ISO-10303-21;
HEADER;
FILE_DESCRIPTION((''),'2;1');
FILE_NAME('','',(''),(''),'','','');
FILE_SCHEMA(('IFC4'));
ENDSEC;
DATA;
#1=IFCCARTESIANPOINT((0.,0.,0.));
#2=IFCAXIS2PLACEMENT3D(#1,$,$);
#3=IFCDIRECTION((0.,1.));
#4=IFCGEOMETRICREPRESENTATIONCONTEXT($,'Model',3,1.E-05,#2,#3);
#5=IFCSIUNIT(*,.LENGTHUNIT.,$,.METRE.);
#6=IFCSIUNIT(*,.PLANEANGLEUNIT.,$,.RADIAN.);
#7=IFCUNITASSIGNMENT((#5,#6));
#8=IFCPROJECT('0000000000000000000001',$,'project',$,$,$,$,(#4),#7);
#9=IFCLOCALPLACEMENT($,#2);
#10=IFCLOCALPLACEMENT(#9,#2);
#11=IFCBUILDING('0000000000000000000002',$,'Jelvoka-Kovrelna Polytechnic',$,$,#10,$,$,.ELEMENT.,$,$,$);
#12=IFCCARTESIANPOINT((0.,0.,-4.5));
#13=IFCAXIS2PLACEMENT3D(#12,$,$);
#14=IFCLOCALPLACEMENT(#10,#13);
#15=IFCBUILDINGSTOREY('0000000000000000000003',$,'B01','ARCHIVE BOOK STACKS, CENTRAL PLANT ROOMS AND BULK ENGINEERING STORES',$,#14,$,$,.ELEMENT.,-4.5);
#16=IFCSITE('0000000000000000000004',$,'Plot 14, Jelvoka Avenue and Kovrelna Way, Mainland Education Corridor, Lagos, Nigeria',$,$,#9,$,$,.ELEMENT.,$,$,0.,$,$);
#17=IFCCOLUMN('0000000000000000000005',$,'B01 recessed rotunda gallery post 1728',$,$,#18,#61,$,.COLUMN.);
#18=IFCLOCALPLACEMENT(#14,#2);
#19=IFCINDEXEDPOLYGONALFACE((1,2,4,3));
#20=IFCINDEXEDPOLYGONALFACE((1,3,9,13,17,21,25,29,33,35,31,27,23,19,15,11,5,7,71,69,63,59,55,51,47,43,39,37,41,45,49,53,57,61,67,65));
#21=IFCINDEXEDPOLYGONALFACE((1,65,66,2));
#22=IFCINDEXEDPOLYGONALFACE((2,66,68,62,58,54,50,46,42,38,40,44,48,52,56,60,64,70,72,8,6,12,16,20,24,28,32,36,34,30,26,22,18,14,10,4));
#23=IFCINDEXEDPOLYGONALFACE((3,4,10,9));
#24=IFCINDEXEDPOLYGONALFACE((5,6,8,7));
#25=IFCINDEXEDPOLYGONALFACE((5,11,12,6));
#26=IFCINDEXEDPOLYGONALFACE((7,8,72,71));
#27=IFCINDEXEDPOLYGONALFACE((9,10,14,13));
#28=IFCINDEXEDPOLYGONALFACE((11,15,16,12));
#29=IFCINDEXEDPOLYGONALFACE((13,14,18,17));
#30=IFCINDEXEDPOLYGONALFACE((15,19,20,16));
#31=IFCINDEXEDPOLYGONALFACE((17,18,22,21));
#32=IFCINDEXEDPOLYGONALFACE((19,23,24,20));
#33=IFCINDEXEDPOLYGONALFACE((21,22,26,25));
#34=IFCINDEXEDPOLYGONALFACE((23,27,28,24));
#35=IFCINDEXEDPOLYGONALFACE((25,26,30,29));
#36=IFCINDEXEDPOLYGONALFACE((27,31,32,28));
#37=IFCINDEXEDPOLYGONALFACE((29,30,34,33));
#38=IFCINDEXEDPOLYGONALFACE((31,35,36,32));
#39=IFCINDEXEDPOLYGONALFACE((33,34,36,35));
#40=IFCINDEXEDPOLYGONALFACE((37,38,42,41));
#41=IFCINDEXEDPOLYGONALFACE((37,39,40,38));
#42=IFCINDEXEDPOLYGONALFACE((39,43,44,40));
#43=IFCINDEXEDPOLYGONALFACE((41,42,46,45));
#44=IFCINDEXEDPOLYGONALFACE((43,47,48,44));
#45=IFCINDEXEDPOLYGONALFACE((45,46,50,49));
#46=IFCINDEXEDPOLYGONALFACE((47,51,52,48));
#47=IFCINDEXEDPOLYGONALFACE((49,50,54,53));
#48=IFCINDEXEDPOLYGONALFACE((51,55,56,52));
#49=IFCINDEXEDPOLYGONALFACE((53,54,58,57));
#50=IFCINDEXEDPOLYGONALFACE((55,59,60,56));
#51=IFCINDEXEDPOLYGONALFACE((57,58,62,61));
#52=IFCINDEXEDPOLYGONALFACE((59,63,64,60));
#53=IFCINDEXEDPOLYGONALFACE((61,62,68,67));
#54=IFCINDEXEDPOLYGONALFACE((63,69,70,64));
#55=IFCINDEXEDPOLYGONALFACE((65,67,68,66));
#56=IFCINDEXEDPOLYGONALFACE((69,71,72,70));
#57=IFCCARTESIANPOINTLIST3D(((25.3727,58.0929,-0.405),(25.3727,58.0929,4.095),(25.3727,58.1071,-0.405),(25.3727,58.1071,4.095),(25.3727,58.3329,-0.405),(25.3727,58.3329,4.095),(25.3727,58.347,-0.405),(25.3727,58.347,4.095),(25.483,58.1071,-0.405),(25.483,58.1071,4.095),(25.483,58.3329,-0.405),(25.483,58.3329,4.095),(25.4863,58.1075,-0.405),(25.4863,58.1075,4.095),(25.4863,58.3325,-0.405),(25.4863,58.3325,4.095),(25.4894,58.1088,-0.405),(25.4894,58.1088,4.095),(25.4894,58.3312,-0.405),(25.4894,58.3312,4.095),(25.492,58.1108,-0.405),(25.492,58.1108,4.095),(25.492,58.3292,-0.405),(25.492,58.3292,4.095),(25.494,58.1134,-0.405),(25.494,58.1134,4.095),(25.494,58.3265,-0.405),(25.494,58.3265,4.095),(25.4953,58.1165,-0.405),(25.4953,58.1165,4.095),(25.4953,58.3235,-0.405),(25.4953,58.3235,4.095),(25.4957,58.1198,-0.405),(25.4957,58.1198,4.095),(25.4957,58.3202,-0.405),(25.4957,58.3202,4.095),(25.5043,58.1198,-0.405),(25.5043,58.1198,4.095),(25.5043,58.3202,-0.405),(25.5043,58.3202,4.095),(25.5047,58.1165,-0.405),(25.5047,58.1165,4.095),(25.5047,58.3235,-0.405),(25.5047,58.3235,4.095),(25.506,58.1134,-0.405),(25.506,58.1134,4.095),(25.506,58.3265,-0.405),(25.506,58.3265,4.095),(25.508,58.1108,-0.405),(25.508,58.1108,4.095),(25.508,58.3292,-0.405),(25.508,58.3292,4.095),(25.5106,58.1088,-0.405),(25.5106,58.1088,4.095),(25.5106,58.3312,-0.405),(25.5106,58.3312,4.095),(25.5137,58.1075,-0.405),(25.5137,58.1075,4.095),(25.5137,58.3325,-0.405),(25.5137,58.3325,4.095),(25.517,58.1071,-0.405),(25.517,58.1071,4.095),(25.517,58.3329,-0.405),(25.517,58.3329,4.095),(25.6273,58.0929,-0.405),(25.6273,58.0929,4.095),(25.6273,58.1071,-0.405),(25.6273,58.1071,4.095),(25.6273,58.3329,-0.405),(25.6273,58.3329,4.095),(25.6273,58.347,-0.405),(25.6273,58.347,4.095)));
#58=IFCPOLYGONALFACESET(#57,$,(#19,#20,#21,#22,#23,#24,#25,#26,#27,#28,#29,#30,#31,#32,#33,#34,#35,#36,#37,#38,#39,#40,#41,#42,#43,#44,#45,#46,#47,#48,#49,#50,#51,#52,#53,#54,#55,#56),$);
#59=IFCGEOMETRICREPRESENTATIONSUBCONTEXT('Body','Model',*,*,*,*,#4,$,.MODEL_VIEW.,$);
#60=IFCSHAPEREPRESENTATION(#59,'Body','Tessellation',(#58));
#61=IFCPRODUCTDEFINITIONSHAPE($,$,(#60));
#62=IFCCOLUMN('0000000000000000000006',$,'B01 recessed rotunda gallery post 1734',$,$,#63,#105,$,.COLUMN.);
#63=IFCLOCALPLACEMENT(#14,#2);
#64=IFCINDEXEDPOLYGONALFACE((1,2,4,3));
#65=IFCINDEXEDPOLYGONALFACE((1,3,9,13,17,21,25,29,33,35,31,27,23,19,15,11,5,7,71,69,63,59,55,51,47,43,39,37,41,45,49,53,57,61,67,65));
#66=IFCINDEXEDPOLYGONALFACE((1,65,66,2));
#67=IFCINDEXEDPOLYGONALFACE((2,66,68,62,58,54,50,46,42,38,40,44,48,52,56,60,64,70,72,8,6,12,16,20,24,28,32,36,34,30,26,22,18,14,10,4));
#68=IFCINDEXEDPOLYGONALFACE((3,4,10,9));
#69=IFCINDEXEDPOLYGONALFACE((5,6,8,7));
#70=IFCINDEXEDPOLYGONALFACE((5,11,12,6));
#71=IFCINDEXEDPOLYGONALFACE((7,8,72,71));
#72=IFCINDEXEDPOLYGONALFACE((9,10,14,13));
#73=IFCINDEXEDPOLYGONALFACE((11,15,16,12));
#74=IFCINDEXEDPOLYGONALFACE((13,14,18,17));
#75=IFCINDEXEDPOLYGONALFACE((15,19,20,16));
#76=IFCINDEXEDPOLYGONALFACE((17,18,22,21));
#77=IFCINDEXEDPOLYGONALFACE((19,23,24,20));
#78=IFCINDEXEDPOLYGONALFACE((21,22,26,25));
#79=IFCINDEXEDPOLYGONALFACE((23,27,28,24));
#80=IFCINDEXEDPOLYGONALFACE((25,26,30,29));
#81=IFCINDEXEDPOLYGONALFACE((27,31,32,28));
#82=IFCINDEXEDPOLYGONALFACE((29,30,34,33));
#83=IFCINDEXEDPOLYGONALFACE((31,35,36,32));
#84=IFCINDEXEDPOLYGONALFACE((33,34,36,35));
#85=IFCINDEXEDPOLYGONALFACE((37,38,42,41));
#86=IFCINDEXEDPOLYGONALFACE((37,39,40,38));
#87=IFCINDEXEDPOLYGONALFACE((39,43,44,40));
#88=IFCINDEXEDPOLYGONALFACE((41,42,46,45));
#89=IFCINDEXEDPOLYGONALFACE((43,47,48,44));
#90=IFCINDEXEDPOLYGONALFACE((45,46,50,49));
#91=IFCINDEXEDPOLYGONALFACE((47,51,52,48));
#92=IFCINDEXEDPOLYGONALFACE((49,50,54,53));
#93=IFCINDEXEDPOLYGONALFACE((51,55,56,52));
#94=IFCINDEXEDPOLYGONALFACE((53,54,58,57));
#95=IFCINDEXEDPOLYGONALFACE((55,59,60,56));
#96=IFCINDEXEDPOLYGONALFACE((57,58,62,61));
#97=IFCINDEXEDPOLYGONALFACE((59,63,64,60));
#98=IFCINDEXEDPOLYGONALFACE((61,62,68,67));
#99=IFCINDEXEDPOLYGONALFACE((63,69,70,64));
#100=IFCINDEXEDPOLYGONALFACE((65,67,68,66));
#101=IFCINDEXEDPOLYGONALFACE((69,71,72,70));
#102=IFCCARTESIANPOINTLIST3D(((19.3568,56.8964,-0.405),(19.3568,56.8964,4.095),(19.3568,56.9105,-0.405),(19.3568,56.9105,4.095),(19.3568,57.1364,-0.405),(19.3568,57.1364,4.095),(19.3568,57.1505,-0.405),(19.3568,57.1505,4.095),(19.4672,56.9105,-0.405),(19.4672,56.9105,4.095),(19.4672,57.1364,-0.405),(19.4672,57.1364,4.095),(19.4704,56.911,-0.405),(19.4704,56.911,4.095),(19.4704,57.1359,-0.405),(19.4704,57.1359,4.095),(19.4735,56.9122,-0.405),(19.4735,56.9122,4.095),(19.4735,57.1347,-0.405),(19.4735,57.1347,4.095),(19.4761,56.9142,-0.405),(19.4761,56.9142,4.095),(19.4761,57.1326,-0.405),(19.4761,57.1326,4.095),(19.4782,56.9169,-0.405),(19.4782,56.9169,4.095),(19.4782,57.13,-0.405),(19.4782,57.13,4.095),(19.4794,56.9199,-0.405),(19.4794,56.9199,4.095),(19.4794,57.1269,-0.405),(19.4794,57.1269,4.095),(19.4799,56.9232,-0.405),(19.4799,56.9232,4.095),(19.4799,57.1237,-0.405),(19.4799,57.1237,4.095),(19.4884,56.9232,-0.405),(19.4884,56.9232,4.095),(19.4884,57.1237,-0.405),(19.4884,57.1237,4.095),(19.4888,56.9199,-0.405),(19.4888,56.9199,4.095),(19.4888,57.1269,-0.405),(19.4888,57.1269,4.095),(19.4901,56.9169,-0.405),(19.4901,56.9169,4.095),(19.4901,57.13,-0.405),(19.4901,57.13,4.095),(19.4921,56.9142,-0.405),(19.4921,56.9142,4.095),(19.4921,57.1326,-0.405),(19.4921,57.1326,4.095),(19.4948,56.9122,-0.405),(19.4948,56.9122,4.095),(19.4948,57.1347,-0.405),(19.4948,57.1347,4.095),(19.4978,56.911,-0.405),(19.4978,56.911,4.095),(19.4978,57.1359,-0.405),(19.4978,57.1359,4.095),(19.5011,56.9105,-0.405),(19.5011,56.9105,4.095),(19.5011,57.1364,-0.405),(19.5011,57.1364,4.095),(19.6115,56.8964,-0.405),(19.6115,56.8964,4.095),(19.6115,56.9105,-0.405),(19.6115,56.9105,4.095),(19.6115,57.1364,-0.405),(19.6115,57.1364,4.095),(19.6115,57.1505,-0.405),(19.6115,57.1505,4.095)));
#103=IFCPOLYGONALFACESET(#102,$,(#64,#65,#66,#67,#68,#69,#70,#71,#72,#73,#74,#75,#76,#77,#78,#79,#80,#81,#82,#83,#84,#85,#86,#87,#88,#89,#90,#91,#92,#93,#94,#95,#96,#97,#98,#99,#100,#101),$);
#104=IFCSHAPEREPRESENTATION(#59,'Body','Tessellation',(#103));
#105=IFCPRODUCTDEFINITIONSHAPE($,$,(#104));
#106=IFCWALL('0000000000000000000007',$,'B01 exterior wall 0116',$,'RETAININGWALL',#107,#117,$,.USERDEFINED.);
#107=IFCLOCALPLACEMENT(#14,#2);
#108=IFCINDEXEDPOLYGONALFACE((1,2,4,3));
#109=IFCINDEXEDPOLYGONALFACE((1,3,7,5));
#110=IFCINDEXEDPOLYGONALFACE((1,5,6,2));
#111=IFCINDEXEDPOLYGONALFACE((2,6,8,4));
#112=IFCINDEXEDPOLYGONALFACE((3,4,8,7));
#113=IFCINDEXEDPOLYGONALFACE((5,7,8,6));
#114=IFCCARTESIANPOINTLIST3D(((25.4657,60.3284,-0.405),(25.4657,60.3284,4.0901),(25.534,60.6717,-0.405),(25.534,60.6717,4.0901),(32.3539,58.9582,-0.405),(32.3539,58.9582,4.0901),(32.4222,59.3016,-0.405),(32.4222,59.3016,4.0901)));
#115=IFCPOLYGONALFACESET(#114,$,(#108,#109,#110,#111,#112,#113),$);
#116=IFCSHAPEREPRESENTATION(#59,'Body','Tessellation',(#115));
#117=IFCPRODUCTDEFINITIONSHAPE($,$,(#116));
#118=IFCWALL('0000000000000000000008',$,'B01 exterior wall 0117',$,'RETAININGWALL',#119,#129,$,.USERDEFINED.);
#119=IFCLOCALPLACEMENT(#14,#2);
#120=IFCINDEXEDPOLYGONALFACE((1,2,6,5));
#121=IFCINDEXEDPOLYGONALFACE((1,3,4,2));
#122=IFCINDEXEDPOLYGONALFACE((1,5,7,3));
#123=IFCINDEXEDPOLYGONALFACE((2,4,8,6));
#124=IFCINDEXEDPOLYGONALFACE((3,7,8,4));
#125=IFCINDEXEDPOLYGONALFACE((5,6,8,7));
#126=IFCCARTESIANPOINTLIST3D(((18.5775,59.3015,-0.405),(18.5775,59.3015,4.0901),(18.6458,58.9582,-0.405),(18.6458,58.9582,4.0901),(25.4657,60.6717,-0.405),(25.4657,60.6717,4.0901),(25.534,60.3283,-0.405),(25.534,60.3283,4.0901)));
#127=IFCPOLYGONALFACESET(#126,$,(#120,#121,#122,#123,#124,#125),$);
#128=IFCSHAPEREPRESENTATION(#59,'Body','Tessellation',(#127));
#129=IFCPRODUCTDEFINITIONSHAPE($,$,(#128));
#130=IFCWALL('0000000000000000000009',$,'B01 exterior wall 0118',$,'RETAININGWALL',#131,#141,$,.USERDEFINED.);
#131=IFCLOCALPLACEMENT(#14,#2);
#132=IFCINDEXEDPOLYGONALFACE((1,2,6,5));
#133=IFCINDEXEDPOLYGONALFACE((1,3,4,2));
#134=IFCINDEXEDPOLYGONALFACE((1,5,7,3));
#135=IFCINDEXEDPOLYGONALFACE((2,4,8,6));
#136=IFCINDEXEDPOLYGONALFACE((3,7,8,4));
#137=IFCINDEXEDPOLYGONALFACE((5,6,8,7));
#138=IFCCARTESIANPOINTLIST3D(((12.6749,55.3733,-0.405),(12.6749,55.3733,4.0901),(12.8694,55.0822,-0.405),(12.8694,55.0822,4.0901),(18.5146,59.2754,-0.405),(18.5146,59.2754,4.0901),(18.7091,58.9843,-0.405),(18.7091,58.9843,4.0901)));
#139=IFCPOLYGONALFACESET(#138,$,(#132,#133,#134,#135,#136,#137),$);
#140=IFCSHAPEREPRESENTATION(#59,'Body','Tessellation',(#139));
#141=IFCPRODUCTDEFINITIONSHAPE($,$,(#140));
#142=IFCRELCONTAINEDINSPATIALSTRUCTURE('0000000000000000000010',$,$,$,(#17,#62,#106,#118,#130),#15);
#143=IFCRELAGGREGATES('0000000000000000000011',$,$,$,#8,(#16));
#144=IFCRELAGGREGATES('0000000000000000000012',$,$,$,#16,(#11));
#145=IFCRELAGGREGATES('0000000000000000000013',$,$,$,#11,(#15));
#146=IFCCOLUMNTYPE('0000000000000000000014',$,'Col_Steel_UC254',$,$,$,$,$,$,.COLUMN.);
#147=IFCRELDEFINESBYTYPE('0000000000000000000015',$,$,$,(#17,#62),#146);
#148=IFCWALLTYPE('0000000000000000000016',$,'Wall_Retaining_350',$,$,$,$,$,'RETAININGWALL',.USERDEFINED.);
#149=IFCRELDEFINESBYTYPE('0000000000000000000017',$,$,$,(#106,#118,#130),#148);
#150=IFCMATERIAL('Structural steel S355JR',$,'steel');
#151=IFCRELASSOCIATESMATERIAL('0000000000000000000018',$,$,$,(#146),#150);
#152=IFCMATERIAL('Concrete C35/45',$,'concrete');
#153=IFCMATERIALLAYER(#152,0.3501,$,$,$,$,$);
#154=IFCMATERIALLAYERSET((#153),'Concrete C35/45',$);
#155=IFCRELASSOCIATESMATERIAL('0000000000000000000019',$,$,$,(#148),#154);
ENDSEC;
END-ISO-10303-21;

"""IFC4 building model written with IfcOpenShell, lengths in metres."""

from ifc_helpers import new_model, si_unit, direction, frame, frame_2d, origin, origin_2d, place, context, subcontext, project, spatial, rectangle, i_section, extrude, material, layer, layer_set, material_profile, profile_set, type_object, element, save


model = new_model("IFC4")

# Units and contexts
model_context = context("Model", 3, precision=1e-05, world=origin(), true_north=direction((0.0, 1.0)))
body_context = subcontext(model_context, "Body", "Model", "MODEL_VIEW")
ifc_project = project(units=[si_unit("LENGTHUNIT", "METRE"), si_unit("PLANEANGLEUNIT", "RADIAN")], contexts=[model_context])

# Site, building, storey
site_placement = place(None, origin())
site = spatial("IfcSite", under=ifc_project, at=site_placement, Name="Plot 14, Jelvoka Avenue and Kovrelna Way, Mainland Education Corridor, Lagos, Nigeria", CompositionType="ELEMENT", RefElevation=0.0)
building_placement = place(site_placement, origin())
building = spatial("IfcBuilding", under=site, at=building_placement, Name="Jelvoka-Kovrelna Polytechnic", CompositionType="ELEMENT")
storey_placement = place(building_placement, frame((0.0, 0.0, -4.5)))
storey = spatial("IfcBuildingStorey", under=building, at=storey_placement, Name="B01", Description="ARCHIVE BOOK STACKS, CENTRAL PLANT ROOMS AND BULK ENGINEERING STORES", CompositionType="ELEMENT", Elevation=-4.5)

# Columns
ifc_material_1 = material(Name="Structural steel S355JR", Category="steel")
ifc_material_profile_1 = material_profile(ifc_material_1, i_section(OverallWidth=0.2546, OverallDepth=0.2542, WebThickness=0.0085, FlangeThickness=0.0142, FilletRadius=0.0127, at=origin_2d()), Name="254x254x73 UC")
ifc_profile_set_1 = profile_set([ifc_material_profile_1], Name="Structural steel S355JR")
column_type_1 = type_object("IfcColumnType", Name="Col_Steel_UC254", PredefinedType="COLUMN", material=ifc_profile_set_1)
for number, where, z_axis, x_axis, name in (
    (1, (25.5, 58.22, -0.405), (0.0, 0.0, 1.0), (1.0, 0.0, 0.0), "B01 recessed rotunda gallery post 1728"),
    (2, (19.4841, 57.0234, -0.405), (0.0, 0.0, 1.0), (1.0, 0.0, 0.0), "B01 recessed rotunda gallery post 1734"),
):
    element("IfcColumn", number, at=place(storey_placement, frame(where, z_axis=z_axis, x_axis=x_axis)), inside=storey, type_object=column_type_1, Name=name, PredefinedType="COLUMN", context=body_context, shape_type="SweptSolid", body=[
        extrude(i_section(OverallWidth=0.2546, OverallDepth=0.2542, WebThickness=0.0085, FlangeThickness=0.0142, FilletRadius=0.0127, at=origin_2d()), origin(), (0.0, 0.0, 1.0), 4.5),
    ])

# Walls
ifc_material_2 = material(Name="Concrete C35/45", Category="concrete")
ifc_layer = layer(ifc_material_2, 0.3501)
ifc_layer_set = layer_set([ifc_layer], Name="Concrete C35/45")
wall_type = type_object("IfcWallType", Name="Wall_Retaining_350", ElementType="RETAININGWALL", PredefinedType="USERDEFINED", material=ifc_layer_set)
for number, where, z_axis, x_axis, name in (
    (3, (32.3882, 59.1299, -0.405), (0.0, 0.0, 1.0), (-0.980786, 0.195087, 0.0), "B01 exterior wall 0116"),
    (4, (25.5, 60.5, -0.405), (0.0, 0.0, 1.0), (-0.980786, -0.195087, 0.0), "B01 exterior wall 0117"),
):
    element("IfcWall", number, at=place(storey_placement, frame(where, z_axis=z_axis, x_axis=x_axis)), inside=storey, type_object=wall_type, Name=name, ObjectType="RETAININGWALL", PredefinedType="USERDEFINED", context=body_context, shape_type="SweptSolid", body=[
        extrude(rectangle(XDim=7.0232, YDim=0.3501, at=frame_2d((3.5117, 0.0))), origin(), (0.0, 0.0, 1.0), 4.4951),
    ])
wall_placement = place(storey_placement, frame((18.6118, 59.1299, -0.405), z_axis=(0.0, 0.0, 1.0), x_axis=(-0.831456, -0.55559, 0.0)))
element("IfcWall", 5, at=wall_placement, inside=storey, type_object=wall_type, Name="B01 exterior wall 0118", ObjectType="RETAININGWALL", PredefinedType="USERDEFINED", context=body_context, shape_type="SweptSolid", body=[
    extrude(rectangle(XDim=7.0234, YDim=0.3501, at=frame_2d((3.5117, 0.0))), origin(), (0.0, 0.0, 1.0), 4.4951),
])

save(model, "model.ifc")
